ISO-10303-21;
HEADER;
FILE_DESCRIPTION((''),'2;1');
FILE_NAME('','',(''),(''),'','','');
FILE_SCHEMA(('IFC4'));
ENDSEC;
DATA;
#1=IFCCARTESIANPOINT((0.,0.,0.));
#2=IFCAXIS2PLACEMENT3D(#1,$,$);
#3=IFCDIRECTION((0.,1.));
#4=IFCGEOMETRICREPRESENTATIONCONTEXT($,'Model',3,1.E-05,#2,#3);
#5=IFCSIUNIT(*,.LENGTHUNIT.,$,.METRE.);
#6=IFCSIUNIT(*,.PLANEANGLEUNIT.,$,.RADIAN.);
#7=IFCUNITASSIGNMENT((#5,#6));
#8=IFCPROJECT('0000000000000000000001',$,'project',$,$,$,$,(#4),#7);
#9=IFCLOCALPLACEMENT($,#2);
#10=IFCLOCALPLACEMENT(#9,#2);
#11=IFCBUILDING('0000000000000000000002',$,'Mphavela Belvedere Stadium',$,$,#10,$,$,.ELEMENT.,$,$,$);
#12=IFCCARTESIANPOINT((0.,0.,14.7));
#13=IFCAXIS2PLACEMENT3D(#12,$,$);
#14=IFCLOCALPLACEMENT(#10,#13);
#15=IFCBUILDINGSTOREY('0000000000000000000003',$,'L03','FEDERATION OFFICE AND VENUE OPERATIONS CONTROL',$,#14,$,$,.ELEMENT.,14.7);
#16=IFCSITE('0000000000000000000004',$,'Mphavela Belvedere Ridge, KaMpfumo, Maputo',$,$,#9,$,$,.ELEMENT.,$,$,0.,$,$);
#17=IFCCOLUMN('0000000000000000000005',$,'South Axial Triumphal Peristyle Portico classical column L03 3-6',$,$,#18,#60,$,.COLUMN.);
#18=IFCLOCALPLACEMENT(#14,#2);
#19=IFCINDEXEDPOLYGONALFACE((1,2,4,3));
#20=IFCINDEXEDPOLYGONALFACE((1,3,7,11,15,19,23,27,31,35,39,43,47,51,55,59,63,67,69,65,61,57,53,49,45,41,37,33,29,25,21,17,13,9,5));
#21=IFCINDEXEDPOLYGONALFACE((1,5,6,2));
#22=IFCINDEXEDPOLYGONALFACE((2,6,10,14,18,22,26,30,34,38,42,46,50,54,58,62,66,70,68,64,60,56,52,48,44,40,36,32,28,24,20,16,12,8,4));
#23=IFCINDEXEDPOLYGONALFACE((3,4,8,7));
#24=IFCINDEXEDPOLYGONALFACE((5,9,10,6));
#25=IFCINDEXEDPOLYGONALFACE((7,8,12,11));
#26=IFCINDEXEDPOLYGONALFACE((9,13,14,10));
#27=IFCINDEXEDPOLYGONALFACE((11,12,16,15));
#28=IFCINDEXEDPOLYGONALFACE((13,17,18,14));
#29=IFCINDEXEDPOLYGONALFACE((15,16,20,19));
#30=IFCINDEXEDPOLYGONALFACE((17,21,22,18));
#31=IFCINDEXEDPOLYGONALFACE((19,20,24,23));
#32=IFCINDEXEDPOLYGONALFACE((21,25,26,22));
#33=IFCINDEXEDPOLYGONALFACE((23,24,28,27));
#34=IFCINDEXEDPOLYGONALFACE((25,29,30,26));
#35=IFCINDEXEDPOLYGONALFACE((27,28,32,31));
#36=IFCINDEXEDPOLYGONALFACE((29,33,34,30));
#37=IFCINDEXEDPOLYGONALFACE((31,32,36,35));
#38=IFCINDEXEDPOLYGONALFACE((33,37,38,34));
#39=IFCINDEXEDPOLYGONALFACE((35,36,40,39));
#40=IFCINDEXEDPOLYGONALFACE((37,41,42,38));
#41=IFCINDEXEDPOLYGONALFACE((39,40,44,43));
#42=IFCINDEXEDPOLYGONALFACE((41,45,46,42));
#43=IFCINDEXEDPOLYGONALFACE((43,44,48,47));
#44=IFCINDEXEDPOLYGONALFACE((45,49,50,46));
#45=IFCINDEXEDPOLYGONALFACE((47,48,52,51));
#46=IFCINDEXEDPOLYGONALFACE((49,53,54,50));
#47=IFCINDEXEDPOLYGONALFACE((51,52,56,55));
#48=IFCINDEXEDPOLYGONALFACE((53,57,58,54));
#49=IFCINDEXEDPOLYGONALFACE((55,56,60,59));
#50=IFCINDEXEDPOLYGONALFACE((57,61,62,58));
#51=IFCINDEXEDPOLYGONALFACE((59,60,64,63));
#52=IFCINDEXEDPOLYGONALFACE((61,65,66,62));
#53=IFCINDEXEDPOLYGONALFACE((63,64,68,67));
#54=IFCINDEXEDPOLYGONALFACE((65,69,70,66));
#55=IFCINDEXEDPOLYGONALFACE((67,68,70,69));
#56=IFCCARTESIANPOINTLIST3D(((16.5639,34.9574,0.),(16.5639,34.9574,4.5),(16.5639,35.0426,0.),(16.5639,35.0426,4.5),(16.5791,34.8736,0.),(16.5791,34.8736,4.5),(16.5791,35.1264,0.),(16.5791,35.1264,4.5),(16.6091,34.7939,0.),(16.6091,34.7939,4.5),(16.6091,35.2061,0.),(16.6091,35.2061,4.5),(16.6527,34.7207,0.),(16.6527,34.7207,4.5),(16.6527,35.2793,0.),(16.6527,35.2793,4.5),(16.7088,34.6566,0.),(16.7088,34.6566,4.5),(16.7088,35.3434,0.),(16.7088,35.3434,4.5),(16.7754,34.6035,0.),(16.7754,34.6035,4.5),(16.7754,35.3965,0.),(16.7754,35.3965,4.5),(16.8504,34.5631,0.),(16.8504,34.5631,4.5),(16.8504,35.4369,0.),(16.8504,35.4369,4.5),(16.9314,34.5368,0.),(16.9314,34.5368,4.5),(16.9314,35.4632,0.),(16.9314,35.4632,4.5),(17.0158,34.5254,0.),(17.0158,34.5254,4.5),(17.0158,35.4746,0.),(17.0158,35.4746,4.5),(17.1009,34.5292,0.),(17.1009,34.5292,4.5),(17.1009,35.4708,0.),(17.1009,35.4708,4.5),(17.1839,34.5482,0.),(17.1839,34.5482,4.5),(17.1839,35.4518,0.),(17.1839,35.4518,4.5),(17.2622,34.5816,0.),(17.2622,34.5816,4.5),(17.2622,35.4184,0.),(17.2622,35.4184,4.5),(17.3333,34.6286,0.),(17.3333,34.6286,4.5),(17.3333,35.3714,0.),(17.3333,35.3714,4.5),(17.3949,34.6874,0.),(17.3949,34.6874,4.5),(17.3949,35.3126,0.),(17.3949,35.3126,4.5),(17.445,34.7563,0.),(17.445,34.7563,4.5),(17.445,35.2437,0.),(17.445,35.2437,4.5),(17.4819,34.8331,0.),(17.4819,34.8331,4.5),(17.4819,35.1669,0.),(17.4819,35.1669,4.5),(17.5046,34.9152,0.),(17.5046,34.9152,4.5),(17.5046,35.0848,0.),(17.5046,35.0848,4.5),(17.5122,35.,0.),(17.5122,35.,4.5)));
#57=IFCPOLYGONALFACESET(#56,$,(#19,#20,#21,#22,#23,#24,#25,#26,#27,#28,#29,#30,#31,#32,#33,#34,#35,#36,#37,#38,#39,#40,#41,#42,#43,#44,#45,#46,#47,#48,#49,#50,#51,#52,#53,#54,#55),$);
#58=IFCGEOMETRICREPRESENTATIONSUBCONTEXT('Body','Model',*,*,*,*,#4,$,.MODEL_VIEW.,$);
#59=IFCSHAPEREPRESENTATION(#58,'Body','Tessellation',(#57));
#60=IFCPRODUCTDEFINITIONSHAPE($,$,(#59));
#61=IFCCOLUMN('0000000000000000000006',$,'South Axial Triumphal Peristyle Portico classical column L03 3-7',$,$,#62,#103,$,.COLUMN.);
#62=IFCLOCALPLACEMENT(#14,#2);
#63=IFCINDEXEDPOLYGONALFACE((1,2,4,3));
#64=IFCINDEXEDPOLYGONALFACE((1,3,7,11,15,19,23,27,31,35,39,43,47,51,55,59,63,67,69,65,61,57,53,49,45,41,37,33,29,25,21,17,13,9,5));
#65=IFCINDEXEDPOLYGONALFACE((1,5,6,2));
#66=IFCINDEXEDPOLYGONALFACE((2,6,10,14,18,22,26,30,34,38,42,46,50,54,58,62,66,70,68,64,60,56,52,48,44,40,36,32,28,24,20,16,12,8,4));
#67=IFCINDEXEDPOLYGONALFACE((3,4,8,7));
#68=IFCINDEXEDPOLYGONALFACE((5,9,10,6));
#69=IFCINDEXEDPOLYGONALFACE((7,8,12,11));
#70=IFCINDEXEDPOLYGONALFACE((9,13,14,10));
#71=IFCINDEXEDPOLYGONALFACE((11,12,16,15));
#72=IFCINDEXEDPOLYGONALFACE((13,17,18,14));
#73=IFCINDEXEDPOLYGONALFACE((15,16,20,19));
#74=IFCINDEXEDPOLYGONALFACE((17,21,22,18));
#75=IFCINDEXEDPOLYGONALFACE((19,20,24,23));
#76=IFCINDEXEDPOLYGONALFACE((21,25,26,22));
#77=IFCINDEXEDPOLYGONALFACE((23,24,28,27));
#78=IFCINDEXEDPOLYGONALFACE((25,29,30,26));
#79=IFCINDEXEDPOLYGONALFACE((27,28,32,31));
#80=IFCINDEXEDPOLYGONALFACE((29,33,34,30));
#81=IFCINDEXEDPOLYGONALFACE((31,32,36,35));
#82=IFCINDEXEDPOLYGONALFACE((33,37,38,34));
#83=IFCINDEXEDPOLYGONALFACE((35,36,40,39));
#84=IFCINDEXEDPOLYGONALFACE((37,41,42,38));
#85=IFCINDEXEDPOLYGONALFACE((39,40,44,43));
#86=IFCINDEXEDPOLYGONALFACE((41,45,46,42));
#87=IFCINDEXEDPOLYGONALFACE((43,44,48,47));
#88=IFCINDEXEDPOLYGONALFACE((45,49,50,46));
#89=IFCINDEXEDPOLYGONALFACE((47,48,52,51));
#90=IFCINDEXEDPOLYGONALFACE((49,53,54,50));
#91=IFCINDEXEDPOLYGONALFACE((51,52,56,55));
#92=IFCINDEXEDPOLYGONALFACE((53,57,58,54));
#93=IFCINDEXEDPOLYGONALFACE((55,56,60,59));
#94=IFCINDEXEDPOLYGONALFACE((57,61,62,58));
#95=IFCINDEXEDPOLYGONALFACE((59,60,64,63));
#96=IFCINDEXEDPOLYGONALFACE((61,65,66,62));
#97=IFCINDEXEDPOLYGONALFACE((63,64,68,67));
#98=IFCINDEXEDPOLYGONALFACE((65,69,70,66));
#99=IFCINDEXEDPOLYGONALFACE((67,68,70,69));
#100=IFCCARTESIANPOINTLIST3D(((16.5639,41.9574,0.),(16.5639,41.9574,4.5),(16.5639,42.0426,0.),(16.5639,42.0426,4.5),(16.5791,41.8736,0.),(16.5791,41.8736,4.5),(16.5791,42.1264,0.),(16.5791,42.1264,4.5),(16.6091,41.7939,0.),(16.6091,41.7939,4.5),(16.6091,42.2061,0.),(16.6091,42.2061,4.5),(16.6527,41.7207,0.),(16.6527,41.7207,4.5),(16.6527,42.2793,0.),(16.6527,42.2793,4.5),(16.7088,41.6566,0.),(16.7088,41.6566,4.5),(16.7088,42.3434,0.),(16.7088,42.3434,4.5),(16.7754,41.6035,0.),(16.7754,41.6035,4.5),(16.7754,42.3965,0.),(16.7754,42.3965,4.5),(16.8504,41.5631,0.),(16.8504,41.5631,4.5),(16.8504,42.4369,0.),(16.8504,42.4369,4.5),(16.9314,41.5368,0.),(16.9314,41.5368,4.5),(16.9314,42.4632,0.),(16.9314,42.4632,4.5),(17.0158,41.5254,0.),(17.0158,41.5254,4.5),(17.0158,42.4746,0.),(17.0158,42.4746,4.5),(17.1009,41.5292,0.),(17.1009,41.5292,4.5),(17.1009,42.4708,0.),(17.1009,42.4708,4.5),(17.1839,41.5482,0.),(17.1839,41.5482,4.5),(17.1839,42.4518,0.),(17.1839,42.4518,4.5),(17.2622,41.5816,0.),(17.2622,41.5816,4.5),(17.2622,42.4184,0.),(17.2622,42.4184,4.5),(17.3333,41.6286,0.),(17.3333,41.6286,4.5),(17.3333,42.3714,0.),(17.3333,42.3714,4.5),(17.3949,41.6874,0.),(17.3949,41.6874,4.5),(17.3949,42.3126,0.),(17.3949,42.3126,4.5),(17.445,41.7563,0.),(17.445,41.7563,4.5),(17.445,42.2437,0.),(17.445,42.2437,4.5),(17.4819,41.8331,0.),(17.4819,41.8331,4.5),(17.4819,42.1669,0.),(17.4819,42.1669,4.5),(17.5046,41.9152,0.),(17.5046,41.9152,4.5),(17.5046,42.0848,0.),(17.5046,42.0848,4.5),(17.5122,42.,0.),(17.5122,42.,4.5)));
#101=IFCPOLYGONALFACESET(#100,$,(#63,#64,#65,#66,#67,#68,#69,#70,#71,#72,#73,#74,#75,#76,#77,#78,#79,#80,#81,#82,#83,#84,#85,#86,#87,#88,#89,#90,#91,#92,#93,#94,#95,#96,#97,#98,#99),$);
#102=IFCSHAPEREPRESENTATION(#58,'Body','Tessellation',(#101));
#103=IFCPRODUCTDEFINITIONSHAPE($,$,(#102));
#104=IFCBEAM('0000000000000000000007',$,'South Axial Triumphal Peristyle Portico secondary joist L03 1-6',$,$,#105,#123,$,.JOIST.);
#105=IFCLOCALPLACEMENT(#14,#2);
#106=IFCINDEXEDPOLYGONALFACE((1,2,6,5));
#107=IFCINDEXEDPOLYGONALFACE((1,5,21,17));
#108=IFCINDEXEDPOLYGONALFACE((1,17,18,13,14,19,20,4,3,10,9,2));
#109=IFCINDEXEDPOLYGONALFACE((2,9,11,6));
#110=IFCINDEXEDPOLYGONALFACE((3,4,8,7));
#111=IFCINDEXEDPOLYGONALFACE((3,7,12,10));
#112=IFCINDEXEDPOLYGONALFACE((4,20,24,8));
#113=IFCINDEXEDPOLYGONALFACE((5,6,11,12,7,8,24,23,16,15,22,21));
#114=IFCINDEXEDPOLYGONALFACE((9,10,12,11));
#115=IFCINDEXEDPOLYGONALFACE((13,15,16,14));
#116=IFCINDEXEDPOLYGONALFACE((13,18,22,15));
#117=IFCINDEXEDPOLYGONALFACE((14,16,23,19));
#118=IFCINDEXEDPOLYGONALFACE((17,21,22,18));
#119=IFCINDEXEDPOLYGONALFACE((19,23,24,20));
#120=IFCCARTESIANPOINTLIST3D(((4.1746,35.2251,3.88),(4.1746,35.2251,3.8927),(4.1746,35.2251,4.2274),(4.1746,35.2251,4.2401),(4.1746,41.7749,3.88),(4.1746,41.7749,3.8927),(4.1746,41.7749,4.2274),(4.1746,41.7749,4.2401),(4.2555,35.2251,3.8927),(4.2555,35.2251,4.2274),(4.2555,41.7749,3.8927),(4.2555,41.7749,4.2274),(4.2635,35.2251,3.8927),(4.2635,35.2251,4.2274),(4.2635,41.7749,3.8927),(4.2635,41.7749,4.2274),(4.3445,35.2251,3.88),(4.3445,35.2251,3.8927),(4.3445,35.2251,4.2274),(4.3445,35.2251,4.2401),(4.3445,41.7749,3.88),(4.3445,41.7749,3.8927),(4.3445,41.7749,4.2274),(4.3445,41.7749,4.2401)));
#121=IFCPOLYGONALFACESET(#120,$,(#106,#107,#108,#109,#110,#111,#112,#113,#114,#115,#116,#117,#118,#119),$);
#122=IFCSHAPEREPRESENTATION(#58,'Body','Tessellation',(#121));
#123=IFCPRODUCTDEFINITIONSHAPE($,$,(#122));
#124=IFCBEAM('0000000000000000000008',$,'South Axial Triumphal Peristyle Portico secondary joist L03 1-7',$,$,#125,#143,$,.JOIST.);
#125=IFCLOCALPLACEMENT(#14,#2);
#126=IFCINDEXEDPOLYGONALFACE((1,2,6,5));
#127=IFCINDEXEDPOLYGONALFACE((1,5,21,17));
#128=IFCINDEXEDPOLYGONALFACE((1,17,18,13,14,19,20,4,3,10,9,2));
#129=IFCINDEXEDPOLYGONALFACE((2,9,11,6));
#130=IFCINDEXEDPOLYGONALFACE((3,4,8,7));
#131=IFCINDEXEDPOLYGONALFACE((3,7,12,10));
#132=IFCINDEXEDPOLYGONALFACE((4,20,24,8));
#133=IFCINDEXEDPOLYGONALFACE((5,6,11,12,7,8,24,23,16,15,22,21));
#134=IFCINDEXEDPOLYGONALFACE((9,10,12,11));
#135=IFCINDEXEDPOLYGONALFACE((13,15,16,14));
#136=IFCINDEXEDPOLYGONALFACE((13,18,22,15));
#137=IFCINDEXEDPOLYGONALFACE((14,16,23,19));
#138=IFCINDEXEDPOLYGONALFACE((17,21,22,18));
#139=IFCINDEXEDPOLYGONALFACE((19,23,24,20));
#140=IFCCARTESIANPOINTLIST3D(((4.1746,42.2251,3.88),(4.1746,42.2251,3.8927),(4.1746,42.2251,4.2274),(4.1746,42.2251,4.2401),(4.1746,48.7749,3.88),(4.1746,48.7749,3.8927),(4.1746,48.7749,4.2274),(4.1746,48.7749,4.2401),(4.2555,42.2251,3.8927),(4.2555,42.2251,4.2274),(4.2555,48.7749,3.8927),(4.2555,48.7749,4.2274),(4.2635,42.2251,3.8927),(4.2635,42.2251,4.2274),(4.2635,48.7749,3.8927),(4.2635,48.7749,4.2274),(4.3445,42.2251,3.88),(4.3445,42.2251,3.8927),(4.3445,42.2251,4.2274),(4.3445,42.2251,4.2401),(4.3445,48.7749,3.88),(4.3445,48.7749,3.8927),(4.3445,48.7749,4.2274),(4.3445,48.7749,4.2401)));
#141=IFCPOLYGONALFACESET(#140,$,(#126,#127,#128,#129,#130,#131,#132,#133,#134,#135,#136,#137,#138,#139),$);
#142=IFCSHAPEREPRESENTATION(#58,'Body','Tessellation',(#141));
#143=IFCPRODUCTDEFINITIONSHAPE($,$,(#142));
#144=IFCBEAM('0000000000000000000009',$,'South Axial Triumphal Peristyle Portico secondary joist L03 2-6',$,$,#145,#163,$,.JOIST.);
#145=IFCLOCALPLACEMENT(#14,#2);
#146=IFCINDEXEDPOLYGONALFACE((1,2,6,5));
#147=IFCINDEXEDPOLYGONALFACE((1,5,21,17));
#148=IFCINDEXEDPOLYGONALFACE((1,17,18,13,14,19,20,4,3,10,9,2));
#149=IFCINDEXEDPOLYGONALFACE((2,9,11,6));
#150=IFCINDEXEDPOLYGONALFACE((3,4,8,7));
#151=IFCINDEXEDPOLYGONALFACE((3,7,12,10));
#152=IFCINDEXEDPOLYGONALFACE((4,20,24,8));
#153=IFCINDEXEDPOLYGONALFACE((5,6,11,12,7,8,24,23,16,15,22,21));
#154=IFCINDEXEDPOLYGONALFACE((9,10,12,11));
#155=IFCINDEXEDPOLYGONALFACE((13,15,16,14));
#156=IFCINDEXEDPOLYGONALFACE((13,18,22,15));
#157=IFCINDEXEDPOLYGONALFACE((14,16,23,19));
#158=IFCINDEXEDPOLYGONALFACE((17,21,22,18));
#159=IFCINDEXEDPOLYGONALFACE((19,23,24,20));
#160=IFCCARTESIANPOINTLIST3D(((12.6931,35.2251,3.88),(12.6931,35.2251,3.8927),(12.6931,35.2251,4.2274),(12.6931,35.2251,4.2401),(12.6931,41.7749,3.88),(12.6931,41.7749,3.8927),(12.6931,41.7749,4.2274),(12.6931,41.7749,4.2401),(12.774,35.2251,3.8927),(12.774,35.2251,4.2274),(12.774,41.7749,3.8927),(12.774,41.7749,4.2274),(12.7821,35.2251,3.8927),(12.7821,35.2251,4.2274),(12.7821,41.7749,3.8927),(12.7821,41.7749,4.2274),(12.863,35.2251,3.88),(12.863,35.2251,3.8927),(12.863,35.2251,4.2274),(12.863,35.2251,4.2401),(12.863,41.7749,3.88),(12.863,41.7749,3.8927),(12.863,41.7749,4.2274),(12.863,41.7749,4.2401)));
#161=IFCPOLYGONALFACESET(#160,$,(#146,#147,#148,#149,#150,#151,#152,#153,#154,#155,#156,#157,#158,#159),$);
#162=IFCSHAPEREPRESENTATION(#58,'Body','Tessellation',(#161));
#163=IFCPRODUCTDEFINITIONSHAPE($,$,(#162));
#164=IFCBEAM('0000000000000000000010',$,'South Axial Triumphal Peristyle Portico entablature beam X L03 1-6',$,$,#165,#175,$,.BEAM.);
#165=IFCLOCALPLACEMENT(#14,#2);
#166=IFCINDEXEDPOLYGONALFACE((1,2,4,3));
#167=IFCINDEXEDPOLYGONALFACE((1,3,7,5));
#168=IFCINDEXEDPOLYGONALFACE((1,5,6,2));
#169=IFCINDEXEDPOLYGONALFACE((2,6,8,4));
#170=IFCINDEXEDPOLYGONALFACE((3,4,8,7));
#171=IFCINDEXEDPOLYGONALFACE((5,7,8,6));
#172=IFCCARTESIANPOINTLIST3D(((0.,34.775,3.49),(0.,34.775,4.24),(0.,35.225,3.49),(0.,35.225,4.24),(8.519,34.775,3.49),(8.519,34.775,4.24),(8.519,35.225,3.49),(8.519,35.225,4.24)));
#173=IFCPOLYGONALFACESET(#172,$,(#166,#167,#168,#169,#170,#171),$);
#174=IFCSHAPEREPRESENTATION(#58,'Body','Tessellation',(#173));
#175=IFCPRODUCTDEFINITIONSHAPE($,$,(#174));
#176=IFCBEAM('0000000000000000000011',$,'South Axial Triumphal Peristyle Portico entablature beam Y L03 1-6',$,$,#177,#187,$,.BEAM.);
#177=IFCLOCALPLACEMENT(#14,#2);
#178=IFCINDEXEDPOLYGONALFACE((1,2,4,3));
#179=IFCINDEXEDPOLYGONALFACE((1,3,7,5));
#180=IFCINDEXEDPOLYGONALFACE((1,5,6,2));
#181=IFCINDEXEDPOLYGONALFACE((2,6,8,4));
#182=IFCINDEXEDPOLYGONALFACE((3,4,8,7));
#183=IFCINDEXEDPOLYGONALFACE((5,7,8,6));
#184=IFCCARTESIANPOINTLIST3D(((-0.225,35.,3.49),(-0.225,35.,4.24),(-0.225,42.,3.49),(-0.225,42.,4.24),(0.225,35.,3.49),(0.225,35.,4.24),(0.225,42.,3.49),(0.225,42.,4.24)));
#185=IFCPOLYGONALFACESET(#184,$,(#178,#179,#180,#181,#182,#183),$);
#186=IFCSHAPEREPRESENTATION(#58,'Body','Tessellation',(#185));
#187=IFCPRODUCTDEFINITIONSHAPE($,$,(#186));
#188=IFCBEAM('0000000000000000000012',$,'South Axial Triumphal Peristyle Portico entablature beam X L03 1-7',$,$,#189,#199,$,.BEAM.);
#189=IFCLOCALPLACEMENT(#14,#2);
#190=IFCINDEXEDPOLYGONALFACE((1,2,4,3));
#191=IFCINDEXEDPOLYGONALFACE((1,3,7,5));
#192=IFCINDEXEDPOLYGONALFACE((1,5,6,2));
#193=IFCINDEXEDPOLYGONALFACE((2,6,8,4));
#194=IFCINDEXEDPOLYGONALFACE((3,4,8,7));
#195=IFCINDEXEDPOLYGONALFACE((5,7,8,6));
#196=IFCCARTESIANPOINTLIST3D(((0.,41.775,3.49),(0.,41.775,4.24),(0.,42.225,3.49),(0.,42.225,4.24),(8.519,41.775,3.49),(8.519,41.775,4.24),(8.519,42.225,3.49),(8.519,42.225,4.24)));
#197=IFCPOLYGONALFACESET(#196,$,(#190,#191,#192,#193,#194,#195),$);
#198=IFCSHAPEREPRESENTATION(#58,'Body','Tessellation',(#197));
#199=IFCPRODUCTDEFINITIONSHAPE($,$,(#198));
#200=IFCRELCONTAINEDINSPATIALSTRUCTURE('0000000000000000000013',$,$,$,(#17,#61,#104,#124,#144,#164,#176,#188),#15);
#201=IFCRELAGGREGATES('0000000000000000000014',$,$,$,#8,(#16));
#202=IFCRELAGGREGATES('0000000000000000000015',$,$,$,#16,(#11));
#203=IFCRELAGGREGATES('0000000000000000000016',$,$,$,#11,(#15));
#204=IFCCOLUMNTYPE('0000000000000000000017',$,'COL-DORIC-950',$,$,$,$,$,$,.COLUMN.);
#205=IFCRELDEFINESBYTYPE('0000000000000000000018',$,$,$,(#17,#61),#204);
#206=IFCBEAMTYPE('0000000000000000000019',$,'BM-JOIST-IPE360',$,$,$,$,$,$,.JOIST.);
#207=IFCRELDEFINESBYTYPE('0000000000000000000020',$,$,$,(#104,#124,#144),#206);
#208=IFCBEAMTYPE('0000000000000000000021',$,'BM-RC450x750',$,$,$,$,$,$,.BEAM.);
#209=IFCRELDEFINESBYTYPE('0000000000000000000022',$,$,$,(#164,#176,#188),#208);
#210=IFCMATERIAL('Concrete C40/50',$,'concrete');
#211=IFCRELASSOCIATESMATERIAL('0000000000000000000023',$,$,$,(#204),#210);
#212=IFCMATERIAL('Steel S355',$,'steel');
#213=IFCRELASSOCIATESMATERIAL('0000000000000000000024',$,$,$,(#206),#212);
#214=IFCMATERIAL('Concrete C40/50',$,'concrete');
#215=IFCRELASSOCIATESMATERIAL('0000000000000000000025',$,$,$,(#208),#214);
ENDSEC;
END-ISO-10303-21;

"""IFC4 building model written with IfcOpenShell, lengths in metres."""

from ifc_helpers import new_model, si_unit, direction, frame, origin, origin_2d, place, context, subcontext, project, spatial, rectangle, circle, i_section, extrude, material, material_profile, profile_set, type_object, element, save


model = new_model("IFC4")

# Units and contexts
model_context = context("Model", 3, precision=1e-05, world=origin(), true_north=direction((0.0, 1.0)))
body_context = subcontext(model_context, "Body", "Model", "MODEL_VIEW")
ifc_project = project(units=[si_unit("LENGTHUNIT", "METRE"), si_unit("PLANEANGLEUNIT", "RADIAN")], contexts=[model_context])

# Site, building, storey
site_placement = place(None, origin())
site = spatial("IfcSite", under=ifc_project, at=site_placement, Name="Mphavela Belvedere Ridge, KaMpfumo, Maputo", CompositionType="ELEMENT", RefElevation=0.0)
building_placement = place(site_placement, origin())
building = spatial("IfcBuilding", under=site, at=building_placement, Name="Mphavela Belvedere Stadium", CompositionType="ELEMENT")
storey_placement = place(building_placement, frame((0.0, 0.0, 14.7)))
storey = spatial("IfcBuildingStorey", under=building, at=storey_placement, Name="L03", Description="FEDERATION OFFICE AND VENUE OPERATIONS CONTROL", CompositionType="ELEMENT", Elevation=14.7)

# Columns
ifc_material_1 = material(Name="Concrete C40/50", Category="concrete")
ifc_material_profile_1 = material_profile(ifc_material_1, circle(Radius=0.4751, at=origin_2d()), Name="COL D950")
ifc_profile_set_1 = profile_set([ifc_material_profile_1], Name="Concrete C40/50")
column_type = type_object("IfcColumnType", Name="COL-DORIC-950", PredefinedType="COLUMN", material=ifc_profile_set_1)
for number, where, z_axis, x_axis, name in (
    (1, (17.0371, 35.0, 0.0), (0.0, 0.0, 1.0), (1.0, 0.0, 0.0), "South Axial Triumphal Peristyle Portico classical column L03 3-6"),
    (2, (17.0371, 42.0, 0.0), (0.0, 0.0, 1.0), (1.0, 0.0, 0.0), "South Axial Triumphal Peristyle Portico classical column L03 3-7"),
):
    element("IfcColumn", number, at=place(storey_placement, frame(where, z_axis=z_axis, x_axis=x_axis)), inside=storey, type_object=column_type, Name=name, PredefinedType="COLUMN", context=body_context, shape_type="SweptSolid", body=[
        extrude(circle(Radius=0.4751, at=origin_2d()), origin(), (0.0, 0.0, 1.0), 4.5),
    ])

# Beams
ifc_material_2 = material(Name="Steel S355", Category="steel")
ifc_material_profile_2 = material_profile(ifc_material_2, i_section(OverallWidth=0.1699, OverallDepth=0.3601, WebThickness=0.0081, FlangeThickness=0.0127, at=origin_2d()), Name="IPE 360")
ifc_profile_set_2 = profile_set([ifc_material_profile_2], Name="Steel S355")
beam_type_1 = type_object("IfcBeamType", Name="BM-JOIST-IPE360", PredefinedType="JOIST", material=ifc_profile_set_2)
for number, where, z_axis, x_axis, name in (
    (3, (4.2595, 35.2251, 4.0601), (0.0, 1.0, 0.0), (-1.0, 0.0, 0.0), "South Axial Triumphal Peristyle Portico secondary joist L03 1-6"),
    (4, (4.2595, 42.2251, 4.0601), (0.0, 1.0, 0.0), (-1.0, 0.0, 0.0), "South Axial Triumphal Peristyle Portico secondary joist L03 1-7"),
    (5, (12.7781, 35.2251, 4.0601), (0.0, 1.0, 0.0), (-1.0, 0.0, 0.0), "South Axial Triumphal Peristyle Portico secondary joist L03 2-6"),
):
    element("IfcBeam", number, at=place(storey_placement, frame(where, z_axis=z_axis, x_axis=x_axis)), inside=storey, type_object=beam_type_1, Name=name, PredefinedType="JOIST", context=body_context, shape_type="SweptSolid", body=[
        extrude(i_section(OverallWidth=0.1699, OverallDepth=0.3601, WebThickness=0.0081, FlangeThickness=0.0127, at=origin_2d()), origin(), (0.0, 0.0, 1.0), 6.5498),
    ])
ifc_material_3 = material(Name="Concrete C40/50", Category="concrete")
ifc_material_profile_3 = material_profile(ifc_material_3, rectangle(XDim=0.45, YDim=0.75, at=origin_2d()), Name="RC 450x750")
ifc_profile_set_3 = profile_set([ifc_material_profile_3], Name="Concrete C40/50")
beam_type_2 = type_object("IfcBeamType", Name="BM-RC450x750", PredefinedType="BEAM", material=ifc_profile_set_3)
beam_1_placement = place(storey_placement, frame((0.0, 35.0, 3.865), z_axis=(1.0, 0.0, 0.0), x_axis=(0.0, 1.0, 0.0)))
element("IfcBeam", 6, at=beam_1_placement, inside=storey, type_object=beam_type_2, Name="South Axial Triumphal Peristyle Portico entablature beam X L03 1-6", PredefinedType="BEAM", context=body_context, shape_type="SweptSolid", body=[
    extrude(rectangle(XDim=0.45, YDim=0.75, at=origin_2d()), origin(), (0.0, 0.0, 1.0), 8.519),
])
beam_2_placement = place(storey_placement, frame((0.0, 35.0, 3.865), z_axis=(0.0, 1.0, 0.0), x_axis=(-1.0, 0.0, 0.0)))
element("IfcBeam", 7, at=beam_2_placement, inside=storey, type_object=beam_type_2, Name="South Axial Triumphal Peristyle Portico entablature beam Y L03 1-6", PredefinedType="BEAM", context=body_context, shape_type="SweptSolid", body=[
    extrude(rectangle(XDim=0.45, YDim=0.75, at=origin_2d()), origin(), (0.0, 0.0, 1.0), 7.0),
])
beam_3_placement = place(storey_placement, frame((0.0, 42.0, 3.865), z_axis=(1.0, 0.0, 0.0), x_axis=(0.0, 1.0, 0.0)))
element("IfcBeam", 8, at=beam_3_placement, inside=storey, type_object=beam_type_2, Name="South Axial Triumphal Peristyle Portico entablature beam X L03 1-7", PredefinedType="BEAM", context=body_context, shape_type="SweptSolid", body=[
    extrude(rectangle(XDim=0.45, YDim=0.75, at=origin_2d()), origin(), (0.0, 0.0, 1.0), 8.519),
])

save(model, "model.ifc")
